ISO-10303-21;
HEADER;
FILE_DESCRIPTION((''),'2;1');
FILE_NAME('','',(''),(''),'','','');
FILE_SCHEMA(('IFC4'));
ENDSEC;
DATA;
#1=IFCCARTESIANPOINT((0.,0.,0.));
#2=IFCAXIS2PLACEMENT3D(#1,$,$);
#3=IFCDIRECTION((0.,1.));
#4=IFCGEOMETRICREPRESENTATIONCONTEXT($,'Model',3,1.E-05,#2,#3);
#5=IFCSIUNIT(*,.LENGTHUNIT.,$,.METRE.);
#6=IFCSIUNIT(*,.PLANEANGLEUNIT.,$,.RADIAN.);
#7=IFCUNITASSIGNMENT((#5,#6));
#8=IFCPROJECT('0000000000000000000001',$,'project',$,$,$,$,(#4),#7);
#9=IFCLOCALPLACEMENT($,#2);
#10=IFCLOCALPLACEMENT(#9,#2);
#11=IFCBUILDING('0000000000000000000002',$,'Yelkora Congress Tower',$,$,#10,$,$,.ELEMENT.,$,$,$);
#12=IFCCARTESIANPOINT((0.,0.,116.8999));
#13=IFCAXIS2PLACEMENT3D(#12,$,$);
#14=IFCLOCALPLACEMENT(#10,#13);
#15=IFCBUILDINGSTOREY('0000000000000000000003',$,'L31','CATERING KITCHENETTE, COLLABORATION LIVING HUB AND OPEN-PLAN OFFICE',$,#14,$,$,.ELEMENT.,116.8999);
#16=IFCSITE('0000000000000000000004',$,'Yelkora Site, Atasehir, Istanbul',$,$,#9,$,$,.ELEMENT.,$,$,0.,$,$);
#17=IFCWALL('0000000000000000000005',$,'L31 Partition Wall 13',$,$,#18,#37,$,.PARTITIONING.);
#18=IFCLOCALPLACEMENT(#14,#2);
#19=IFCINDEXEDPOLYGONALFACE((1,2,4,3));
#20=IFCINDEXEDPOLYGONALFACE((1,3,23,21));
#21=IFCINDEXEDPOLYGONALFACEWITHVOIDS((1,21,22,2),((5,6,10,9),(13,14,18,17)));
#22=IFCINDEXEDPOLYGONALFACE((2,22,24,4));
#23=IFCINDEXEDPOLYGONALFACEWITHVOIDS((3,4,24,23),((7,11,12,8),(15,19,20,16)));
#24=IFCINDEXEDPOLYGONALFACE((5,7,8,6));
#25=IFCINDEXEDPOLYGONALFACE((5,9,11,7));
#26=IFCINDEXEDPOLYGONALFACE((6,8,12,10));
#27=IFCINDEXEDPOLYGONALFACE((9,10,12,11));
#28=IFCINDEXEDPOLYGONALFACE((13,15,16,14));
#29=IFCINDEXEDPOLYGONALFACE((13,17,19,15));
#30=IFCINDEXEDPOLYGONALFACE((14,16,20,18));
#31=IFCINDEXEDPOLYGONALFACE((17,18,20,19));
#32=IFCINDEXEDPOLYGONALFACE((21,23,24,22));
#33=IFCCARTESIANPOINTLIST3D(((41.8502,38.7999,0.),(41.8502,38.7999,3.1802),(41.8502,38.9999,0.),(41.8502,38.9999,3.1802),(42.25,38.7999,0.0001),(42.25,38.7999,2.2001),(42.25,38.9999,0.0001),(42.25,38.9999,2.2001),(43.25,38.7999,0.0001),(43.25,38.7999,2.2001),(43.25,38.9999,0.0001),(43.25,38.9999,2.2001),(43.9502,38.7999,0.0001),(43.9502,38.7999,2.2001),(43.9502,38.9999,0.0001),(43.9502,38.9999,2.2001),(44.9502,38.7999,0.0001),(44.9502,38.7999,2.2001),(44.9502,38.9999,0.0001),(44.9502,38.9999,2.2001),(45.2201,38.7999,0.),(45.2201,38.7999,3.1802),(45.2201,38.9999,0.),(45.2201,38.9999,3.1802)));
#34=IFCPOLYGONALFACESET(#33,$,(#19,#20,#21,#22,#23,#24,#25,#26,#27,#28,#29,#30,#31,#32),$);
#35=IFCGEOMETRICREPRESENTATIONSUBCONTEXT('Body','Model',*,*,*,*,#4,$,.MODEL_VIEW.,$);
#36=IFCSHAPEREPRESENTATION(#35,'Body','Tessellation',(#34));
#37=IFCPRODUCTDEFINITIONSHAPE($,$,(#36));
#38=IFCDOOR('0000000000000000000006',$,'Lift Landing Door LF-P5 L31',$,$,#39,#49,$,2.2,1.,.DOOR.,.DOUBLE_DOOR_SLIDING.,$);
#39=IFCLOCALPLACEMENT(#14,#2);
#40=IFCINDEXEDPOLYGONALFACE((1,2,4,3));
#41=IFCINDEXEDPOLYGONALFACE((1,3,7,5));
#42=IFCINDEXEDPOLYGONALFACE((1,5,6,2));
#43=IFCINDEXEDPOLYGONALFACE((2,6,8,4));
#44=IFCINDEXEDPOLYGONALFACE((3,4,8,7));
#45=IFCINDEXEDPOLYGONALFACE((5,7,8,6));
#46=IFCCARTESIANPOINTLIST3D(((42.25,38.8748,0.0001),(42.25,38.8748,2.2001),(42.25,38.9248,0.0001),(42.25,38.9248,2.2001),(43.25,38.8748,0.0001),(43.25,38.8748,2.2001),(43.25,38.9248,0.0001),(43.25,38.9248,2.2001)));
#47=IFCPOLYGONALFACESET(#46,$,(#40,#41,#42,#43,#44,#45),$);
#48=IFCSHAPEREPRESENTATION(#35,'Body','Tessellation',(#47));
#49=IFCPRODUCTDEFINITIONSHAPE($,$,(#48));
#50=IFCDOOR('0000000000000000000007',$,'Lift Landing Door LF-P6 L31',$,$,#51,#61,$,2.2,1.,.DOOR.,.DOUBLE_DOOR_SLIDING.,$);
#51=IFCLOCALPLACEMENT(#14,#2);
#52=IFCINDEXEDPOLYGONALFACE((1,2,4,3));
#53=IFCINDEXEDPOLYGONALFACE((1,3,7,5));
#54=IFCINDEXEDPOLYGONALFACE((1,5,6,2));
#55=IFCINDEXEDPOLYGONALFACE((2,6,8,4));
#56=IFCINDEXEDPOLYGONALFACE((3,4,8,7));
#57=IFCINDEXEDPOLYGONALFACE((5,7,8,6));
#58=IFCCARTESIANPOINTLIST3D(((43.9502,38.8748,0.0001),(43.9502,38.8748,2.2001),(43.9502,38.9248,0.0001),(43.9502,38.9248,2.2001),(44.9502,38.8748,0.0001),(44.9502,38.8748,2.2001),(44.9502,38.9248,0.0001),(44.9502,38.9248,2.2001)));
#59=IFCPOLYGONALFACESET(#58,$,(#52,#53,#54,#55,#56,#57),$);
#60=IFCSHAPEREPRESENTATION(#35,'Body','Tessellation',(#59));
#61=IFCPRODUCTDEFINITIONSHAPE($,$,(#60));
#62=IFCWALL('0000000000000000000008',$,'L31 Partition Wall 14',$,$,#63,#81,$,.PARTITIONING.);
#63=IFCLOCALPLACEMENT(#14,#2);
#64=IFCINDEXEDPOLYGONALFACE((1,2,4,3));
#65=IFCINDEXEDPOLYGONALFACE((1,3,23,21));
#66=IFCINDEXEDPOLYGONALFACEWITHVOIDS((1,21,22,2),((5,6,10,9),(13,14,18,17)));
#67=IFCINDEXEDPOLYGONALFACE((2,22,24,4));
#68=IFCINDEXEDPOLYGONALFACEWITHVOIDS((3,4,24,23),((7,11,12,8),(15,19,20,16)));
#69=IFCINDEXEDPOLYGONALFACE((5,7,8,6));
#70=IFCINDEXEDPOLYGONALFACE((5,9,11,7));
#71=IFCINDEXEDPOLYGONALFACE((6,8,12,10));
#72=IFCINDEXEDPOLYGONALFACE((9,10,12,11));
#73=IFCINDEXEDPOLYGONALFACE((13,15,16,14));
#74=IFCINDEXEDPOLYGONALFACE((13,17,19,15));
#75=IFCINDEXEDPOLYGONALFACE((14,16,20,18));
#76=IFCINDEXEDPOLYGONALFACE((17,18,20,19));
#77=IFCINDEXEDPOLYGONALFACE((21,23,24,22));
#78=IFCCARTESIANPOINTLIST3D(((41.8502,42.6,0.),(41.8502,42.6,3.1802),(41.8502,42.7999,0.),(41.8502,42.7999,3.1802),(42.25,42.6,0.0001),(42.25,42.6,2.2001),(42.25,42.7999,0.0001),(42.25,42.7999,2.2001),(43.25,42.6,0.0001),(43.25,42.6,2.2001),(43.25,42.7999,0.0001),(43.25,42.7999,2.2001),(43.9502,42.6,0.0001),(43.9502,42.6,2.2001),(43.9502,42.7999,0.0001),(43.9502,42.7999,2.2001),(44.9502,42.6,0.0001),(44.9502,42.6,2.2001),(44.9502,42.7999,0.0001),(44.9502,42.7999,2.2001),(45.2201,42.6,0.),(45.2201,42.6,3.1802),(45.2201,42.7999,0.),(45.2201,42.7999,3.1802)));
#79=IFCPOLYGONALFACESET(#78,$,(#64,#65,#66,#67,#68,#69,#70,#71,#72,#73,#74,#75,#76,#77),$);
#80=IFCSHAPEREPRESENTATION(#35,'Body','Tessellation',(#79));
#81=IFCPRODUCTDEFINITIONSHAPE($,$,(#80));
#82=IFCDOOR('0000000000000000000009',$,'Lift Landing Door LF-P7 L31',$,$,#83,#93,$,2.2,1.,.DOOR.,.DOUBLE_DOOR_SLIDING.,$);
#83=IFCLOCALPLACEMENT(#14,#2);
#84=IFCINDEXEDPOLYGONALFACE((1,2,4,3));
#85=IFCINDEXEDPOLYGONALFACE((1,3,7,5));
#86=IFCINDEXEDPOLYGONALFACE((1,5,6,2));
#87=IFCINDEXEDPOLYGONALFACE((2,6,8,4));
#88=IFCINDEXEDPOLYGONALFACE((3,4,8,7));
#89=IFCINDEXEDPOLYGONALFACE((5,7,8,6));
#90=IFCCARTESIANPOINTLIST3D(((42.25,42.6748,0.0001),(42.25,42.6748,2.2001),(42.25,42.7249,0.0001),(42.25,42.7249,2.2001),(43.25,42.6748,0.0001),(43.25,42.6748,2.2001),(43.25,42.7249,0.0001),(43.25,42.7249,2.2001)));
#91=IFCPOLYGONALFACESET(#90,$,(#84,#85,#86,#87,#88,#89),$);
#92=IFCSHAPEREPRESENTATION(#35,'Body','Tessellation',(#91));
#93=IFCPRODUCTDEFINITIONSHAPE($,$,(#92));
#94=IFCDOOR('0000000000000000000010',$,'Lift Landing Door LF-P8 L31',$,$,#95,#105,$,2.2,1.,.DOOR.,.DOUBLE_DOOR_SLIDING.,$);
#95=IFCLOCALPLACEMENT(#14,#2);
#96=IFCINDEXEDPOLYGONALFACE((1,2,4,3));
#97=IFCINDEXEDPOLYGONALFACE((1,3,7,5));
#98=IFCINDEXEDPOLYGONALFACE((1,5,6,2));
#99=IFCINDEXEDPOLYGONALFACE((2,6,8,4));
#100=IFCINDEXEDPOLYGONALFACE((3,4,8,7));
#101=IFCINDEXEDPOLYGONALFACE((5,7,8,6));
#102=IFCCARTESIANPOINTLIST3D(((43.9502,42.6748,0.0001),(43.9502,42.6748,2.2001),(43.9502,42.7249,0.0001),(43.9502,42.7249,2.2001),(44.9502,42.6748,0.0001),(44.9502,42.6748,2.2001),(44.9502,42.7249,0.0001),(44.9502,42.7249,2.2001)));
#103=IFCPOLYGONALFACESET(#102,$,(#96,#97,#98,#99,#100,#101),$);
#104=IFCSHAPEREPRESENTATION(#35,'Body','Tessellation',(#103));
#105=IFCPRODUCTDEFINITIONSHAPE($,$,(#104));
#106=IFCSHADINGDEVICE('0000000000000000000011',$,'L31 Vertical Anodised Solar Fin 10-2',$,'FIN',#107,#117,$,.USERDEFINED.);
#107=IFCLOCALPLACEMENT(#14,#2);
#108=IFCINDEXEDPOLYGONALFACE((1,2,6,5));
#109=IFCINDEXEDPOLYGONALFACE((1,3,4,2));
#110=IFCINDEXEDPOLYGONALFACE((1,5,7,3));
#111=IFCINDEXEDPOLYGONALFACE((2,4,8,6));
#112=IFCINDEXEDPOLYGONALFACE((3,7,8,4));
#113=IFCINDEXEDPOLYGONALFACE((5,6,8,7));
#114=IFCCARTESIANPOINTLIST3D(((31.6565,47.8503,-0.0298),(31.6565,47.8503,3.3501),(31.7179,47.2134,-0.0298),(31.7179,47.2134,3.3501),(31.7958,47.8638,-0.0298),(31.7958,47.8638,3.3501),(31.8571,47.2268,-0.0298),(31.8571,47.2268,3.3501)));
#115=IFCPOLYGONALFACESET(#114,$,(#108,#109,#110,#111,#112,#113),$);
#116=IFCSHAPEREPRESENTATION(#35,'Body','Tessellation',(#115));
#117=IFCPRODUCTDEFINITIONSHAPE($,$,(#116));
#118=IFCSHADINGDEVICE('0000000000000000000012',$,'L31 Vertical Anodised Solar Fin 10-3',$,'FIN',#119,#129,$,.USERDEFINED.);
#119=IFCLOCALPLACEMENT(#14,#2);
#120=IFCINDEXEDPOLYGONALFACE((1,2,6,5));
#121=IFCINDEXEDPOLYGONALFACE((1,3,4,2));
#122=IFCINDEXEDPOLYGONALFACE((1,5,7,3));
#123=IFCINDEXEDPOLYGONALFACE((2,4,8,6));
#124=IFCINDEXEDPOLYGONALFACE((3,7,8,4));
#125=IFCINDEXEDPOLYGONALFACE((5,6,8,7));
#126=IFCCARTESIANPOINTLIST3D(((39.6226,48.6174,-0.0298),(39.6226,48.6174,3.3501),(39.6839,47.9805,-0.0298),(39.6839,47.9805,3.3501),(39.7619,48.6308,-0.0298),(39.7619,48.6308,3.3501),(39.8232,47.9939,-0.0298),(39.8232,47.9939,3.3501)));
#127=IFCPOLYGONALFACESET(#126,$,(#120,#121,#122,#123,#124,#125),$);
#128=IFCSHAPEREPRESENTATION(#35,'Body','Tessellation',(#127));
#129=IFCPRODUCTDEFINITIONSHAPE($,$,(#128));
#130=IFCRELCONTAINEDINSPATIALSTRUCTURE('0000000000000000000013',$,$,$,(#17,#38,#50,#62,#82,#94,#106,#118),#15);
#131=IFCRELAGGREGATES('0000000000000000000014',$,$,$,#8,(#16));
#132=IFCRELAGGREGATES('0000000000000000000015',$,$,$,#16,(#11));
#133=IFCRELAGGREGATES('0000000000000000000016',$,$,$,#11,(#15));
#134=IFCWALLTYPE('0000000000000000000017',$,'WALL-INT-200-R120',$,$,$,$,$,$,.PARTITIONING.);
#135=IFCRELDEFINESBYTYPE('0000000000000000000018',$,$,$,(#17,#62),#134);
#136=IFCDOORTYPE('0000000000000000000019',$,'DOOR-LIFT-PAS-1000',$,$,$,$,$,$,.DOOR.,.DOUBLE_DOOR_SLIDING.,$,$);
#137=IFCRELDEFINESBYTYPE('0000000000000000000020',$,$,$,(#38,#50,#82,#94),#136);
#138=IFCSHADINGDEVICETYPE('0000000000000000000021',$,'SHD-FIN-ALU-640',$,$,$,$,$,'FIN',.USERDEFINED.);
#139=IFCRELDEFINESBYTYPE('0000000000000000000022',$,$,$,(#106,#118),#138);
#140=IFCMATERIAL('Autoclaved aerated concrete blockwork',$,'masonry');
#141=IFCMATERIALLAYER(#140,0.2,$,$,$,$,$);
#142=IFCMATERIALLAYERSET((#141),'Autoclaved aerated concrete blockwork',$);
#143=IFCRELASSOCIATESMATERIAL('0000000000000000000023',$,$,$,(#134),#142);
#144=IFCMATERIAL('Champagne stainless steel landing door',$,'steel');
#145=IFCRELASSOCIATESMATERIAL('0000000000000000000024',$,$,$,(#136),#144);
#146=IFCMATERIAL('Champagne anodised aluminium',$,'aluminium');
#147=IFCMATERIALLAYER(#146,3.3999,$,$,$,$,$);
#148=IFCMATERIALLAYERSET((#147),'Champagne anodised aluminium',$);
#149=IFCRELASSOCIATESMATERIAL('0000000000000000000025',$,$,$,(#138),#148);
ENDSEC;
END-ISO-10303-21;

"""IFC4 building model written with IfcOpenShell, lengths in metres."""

from ifc_helpers import new_model, si_unit, direction, frame, frame_2d, origin, origin_2d, place, context, subcontext, project, spatial, rectangle, extrude, material, layer, layer_set, type_object, element, fill, save


model = new_model("IFC4")

# Units and contexts
model_context = context("Model", 3, precision=1e-05, world=origin(), true_north=direction((0.0, 1.0)))
body_context = subcontext(model_context, "Body", "Model", "MODEL_VIEW")
ifc_project = project(units=[si_unit("LENGTHUNIT", "METRE"), si_unit("PLANEANGLEUNIT", "RADIAN")], contexts=[model_context])

# Site, building, storey
site_placement = place(None, origin())
site = spatial("IfcSite", under=ifc_project, at=site_placement, Name="Yelkora Site, Atasehir, Istanbul", CompositionType="ELEMENT", RefElevation=0.0)
building_placement = place(site_placement, origin())
building = spatial("IfcBuilding", under=site, at=building_placement, Name="Yelkora Congress Tower", CompositionType="ELEMENT")
storey_placement = place(building_placement, frame((0.0, 0.0, 116.8999)))
storey = spatial("IfcBuildingStorey", under=building, at=storey_placement, Name="L31", Description="CATERING KITCHENETTE, COLLABORATION LIVING HUB AND OPEN-PLAN OFFICE", CompositionType="ELEMENT", Elevation=116.8999)

# Shared definitions
ifc_material_1 = material(Name="Autoclaved aerated concrete blockwork", Category="masonry")
ifc_layer_1 = layer(ifc_material_1, 0.2)
ifc_layer_set_1 = layer_set([ifc_layer_1], Name="Autoclaved aerated concrete blockwork")
wall_type_1 = type_object("IfcWallType", Name="WALL-INT-200-R120", PredefinedType="PARTITIONING", material=ifc_layer_set_1)

# Walls, openings, doors
wall_1_placement = place(storey_placement, frame((41.8501, 38.8999, 0.0), z_axis=(0.0, 0.0, 1.0), x_axis=(1.0, 0.0, 0.0)))
wall_1 = element("IfcWall", 1, at=wall_1_placement, inside=storey, type_object=wall_type_1, Name="L31 Partition Wall 13", PredefinedType="PARTITIONING", context=body_context, shape_type="SweptSolid", body=[
    extrude(rectangle(XDim=3.3699, YDim=0.2, at=frame_2d((1.6851, 0.0))), origin(), (0.0, 0.0, 1.0), 3.1802),
])
opening_1_placement = place(wall_1_placement, frame((0.3999, 0.0, 0.0)))
opening_1 = element("IfcOpeningElement", 2, at=opening_1_placement, cuts=wall_1, PredefinedType="OPENING", context=body_context, shape_type="SweptSolid", body=[
    extrude(rectangle(XDim=1.0, YDim=2.2, at=frame_2d((0.5, 1.1001))), frame((0.0, 0.1099, 0.0), z_axis=(0.0, -1.0, 0.0), x_axis=(1.0, 0.0, 0.0)), (0.0, 0.0, 1.0), 0.22),
])
opening_2_placement = place(wall_1_placement, frame((2.1001, 0.0, 0.0)))
opening_2 = element("IfcOpeningElement", 3, at=opening_2_placement, cuts=wall_1, PredefinedType="OPENING", context=body_context, shape_type="SweptSolid", body=[
    extrude(rectangle(XDim=1.0, YDim=2.2, at=frame_2d((0.5, 1.1001))), frame((0.0, 0.1099, 0.0), z_axis=(0.0, -1.0, 0.0), x_axis=(1.0, 0.0, 0.0)), (0.0, 0.0, 1.0), 0.22),
])
ifc_material_2 = material(Name="Champagne stainless steel landing door", Category="steel")
door_type_1 = type_object("IfcDoorType", Name="DOOR-LIFT-PAS-1000", OperationType="DOUBLE_DOOR_SLIDING", PredefinedType="DOOR", material=ifc_material_2)
door_1_placement = place(opening_1_placement, origin())
door_1 = element("IfcDoor", 4, at=door_1_placement, inside=storey, type_object=door_type_1, Name="Lift Landing Door LF-P5 L31", OperationType="DOUBLE_DOOR_SLIDING", OverallHeight=2.2, OverallWidth=1.0, PredefinedType="DOOR", context=body_context, shape_type="SweptSolid", body=[
    extrude(rectangle(XDim=1.0, YDim=2.2, at=frame_2d((0.5, 1.1001))), frame((0.0, 0.0249, 0.0), z_axis=(0.0, -1.0, 0.0), x_axis=(1.0, 0.0, 0.0)), (0.0, 0.0, 1.0), 0.05),
])
fill(opening_1, door_1)
door_2_placement = place(opening_2_placement, origin())
door_2 = element("IfcDoor", 5, at=door_2_placement, inside=storey, type_object=door_type_1, Name="Lift Landing Door LF-P6 L31", OperationType="DOUBLE_DOOR_SLIDING", OverallHeight=2.2, OverallWidth=1.0, PredefinedType="DOOR", context=body_context, shape_type="SweptSolid", body=[
    extrude(rectangle(XDim=1.0, YDim=2.2, at=frame_2d((0.5, 1.1001))), frame((0.0, 0.0249, 0.0), z_axis=(0.0, -1.0, 0.0), x_axis=(1.0, 0.0, 0.0)), (0.0, 0.0, 1.0), 0.05),
])
fill(opening_2, door_2)
wall_2_placement = place(storey_placement, frame((41.8501, 42.7, 0.0), z_axis=(0.0, 0.0, 1.0), x_axis=(1.0, 0.0, 0.0)))
wall_2 = element("IfcWall", 6, at=wall_2_placement, inside=storey, type_object=wall_type_1, Name="L31 Partition Wall 14", PredefinedType="PARTITIONING", context=body_context, shape_type="SweptSolid", body=[
    extrude(rectangle(XDim=3.3699, YDim=0.2, at=frame_2d((1.6851, 0.0))), origin(), (0.0, 0.0, 1.0), 3.1802),
])
opening_3_placement = place(wall_2_placement, frame((0.3999, 0.0, 0.0)))
opening_3 = element("IfcOpeningElement", 7, at=opening_3_placement, cuts=wall_2, PredefinedType="OPENING", context=body_context, shape_type="SweptSolid", body=[
    extrude(rectangle(XDim=1.0, YDim=2.2, at=frame_2d((0.5, 1.1001))), frame((0.0, 0.1099, 0.0), z_axis=(0.0, -1.0, 0.0), x_axis=(1.0, 0.0, 0.0)), (0.0, 0.0, 1.0), 0.22),
])
opening_4_placement = place(wall_2_placement, frame((2.1001, 0.0, 0.0)))
opening_4 = element("IfcOpeningElement", 8, at=opening_4_placement, cuts=wall_2, PredefinedType="OPENING", context=body_context, shape_type="SweptSolid", body=[
    extrude(rectangle(XDim=1.0, YDim=2.2, at=frame_2d((0.5, 1.1001))), frame((0.0, 0.1099, 0.0), z_axis=(0.0, -1.0, 0.0), x_axis=(1.0, 0.0, 0.0)), (0.0, 0.0, 1.0), 0.22),
])
door_3_placement = place(opening_3_placement, origin())
door_3 = element("IfcDoor", 9, at=door_3_placement, inside=storey, type_object=door_type_1, Name="Lift Landing Door LF-P7 L31", OperationType="DOUBLE_DOOR_SLIDING", OverallHeight=2.2, OverallWidth=1.0, PredefinedType="DOOR", context=body_context, shape_type="SweptSolid", body=[
    extrude(rectangle(XDim=1.0, YDim=2.2, at=frame_2d((0.5, 1.1001))), frame((0.0, 0.0249, 0.0), z_axis=(0.0, -1.0, 0.0), x_axis=(1.0, 0.0, 0.0)), (0.0, 0.0, 1.0), 0.05),
])
fill(opening_3, door_3)
door_4_placement = place(opening_4_placement, origin())
door_4 = element("IfcDoor", 10, at=door_4_placement, inside=storey, type_object=door_type_1, Name="Lift Landing Door LF-P8 L31", OperationType="DOUBLE_DOOR_SLIDING", OverallHeight=2.2, OverallWidth=1.0, PredefinedType="DOOR", context=body_context, shape_type="SweptSolid", body=[
    extrude(rectangle(XDim=1.0, YDim=2.2, at=frame_2d((0.5, 1.1001))), frame((0.0, 0.0249, 0.0), z_axis=(0.0, -1.0, 0.0), x_axis=(1.0, 0.0, 0.0)), (0.0, 0.0, 1.0), 0.05),
])
fill(opening_4, door_4)

# Shading devices
ifc_material_3 = material(Name="Champagne anodised aluminium", Category="aluminium")
ifc_layer_2 = layer(ifc_material_3, 3.3999)
ifc_layer_set_2 = layer_set([ifc_layer_2], Name="Champagne anodised aluminium")
shading_device_type = type_object("IfcShadingDeviceType", Name="SHD-FIN-ALU-640", ElementType="FIN", PredefinedType="USERDEFINED", material=ifc_layer_set_2)
for number, where, z_axis, x_axis, name in (
    (11, (31.7568, 47.5386, -0.0298), (0.0, 0.0, 1.0), (0.995396, 0.095846, 0.0), "L31 Vertical Anodised Solar Fin 10-2"),
    (12, (39.7229, 48.3057, -0.0298), (0.0, 0.0, 1.0), (0.995396, 0.095846, 0.0), "L31 Vertical Anodised Solar Fin 10-3"),
):
    element("IfcShadingDevice", number, at=place(storey_placement, frame(where, z_axis=z_axis, x_axis=x_axis)), inside=storey, type_object=shading_device_type, Name=name, ObjectType="FIN", PredefinedType="USERDEFINED", context=body_context, shape_type="SweptSolid", body=[
        extrude(rectangle(XDim=0.1399, YDim=0.6399, at=origin_2d()), origin(), (0.0, 0.0, 1.0), 3.3799),
    ])

save(model, "model.ifc")
